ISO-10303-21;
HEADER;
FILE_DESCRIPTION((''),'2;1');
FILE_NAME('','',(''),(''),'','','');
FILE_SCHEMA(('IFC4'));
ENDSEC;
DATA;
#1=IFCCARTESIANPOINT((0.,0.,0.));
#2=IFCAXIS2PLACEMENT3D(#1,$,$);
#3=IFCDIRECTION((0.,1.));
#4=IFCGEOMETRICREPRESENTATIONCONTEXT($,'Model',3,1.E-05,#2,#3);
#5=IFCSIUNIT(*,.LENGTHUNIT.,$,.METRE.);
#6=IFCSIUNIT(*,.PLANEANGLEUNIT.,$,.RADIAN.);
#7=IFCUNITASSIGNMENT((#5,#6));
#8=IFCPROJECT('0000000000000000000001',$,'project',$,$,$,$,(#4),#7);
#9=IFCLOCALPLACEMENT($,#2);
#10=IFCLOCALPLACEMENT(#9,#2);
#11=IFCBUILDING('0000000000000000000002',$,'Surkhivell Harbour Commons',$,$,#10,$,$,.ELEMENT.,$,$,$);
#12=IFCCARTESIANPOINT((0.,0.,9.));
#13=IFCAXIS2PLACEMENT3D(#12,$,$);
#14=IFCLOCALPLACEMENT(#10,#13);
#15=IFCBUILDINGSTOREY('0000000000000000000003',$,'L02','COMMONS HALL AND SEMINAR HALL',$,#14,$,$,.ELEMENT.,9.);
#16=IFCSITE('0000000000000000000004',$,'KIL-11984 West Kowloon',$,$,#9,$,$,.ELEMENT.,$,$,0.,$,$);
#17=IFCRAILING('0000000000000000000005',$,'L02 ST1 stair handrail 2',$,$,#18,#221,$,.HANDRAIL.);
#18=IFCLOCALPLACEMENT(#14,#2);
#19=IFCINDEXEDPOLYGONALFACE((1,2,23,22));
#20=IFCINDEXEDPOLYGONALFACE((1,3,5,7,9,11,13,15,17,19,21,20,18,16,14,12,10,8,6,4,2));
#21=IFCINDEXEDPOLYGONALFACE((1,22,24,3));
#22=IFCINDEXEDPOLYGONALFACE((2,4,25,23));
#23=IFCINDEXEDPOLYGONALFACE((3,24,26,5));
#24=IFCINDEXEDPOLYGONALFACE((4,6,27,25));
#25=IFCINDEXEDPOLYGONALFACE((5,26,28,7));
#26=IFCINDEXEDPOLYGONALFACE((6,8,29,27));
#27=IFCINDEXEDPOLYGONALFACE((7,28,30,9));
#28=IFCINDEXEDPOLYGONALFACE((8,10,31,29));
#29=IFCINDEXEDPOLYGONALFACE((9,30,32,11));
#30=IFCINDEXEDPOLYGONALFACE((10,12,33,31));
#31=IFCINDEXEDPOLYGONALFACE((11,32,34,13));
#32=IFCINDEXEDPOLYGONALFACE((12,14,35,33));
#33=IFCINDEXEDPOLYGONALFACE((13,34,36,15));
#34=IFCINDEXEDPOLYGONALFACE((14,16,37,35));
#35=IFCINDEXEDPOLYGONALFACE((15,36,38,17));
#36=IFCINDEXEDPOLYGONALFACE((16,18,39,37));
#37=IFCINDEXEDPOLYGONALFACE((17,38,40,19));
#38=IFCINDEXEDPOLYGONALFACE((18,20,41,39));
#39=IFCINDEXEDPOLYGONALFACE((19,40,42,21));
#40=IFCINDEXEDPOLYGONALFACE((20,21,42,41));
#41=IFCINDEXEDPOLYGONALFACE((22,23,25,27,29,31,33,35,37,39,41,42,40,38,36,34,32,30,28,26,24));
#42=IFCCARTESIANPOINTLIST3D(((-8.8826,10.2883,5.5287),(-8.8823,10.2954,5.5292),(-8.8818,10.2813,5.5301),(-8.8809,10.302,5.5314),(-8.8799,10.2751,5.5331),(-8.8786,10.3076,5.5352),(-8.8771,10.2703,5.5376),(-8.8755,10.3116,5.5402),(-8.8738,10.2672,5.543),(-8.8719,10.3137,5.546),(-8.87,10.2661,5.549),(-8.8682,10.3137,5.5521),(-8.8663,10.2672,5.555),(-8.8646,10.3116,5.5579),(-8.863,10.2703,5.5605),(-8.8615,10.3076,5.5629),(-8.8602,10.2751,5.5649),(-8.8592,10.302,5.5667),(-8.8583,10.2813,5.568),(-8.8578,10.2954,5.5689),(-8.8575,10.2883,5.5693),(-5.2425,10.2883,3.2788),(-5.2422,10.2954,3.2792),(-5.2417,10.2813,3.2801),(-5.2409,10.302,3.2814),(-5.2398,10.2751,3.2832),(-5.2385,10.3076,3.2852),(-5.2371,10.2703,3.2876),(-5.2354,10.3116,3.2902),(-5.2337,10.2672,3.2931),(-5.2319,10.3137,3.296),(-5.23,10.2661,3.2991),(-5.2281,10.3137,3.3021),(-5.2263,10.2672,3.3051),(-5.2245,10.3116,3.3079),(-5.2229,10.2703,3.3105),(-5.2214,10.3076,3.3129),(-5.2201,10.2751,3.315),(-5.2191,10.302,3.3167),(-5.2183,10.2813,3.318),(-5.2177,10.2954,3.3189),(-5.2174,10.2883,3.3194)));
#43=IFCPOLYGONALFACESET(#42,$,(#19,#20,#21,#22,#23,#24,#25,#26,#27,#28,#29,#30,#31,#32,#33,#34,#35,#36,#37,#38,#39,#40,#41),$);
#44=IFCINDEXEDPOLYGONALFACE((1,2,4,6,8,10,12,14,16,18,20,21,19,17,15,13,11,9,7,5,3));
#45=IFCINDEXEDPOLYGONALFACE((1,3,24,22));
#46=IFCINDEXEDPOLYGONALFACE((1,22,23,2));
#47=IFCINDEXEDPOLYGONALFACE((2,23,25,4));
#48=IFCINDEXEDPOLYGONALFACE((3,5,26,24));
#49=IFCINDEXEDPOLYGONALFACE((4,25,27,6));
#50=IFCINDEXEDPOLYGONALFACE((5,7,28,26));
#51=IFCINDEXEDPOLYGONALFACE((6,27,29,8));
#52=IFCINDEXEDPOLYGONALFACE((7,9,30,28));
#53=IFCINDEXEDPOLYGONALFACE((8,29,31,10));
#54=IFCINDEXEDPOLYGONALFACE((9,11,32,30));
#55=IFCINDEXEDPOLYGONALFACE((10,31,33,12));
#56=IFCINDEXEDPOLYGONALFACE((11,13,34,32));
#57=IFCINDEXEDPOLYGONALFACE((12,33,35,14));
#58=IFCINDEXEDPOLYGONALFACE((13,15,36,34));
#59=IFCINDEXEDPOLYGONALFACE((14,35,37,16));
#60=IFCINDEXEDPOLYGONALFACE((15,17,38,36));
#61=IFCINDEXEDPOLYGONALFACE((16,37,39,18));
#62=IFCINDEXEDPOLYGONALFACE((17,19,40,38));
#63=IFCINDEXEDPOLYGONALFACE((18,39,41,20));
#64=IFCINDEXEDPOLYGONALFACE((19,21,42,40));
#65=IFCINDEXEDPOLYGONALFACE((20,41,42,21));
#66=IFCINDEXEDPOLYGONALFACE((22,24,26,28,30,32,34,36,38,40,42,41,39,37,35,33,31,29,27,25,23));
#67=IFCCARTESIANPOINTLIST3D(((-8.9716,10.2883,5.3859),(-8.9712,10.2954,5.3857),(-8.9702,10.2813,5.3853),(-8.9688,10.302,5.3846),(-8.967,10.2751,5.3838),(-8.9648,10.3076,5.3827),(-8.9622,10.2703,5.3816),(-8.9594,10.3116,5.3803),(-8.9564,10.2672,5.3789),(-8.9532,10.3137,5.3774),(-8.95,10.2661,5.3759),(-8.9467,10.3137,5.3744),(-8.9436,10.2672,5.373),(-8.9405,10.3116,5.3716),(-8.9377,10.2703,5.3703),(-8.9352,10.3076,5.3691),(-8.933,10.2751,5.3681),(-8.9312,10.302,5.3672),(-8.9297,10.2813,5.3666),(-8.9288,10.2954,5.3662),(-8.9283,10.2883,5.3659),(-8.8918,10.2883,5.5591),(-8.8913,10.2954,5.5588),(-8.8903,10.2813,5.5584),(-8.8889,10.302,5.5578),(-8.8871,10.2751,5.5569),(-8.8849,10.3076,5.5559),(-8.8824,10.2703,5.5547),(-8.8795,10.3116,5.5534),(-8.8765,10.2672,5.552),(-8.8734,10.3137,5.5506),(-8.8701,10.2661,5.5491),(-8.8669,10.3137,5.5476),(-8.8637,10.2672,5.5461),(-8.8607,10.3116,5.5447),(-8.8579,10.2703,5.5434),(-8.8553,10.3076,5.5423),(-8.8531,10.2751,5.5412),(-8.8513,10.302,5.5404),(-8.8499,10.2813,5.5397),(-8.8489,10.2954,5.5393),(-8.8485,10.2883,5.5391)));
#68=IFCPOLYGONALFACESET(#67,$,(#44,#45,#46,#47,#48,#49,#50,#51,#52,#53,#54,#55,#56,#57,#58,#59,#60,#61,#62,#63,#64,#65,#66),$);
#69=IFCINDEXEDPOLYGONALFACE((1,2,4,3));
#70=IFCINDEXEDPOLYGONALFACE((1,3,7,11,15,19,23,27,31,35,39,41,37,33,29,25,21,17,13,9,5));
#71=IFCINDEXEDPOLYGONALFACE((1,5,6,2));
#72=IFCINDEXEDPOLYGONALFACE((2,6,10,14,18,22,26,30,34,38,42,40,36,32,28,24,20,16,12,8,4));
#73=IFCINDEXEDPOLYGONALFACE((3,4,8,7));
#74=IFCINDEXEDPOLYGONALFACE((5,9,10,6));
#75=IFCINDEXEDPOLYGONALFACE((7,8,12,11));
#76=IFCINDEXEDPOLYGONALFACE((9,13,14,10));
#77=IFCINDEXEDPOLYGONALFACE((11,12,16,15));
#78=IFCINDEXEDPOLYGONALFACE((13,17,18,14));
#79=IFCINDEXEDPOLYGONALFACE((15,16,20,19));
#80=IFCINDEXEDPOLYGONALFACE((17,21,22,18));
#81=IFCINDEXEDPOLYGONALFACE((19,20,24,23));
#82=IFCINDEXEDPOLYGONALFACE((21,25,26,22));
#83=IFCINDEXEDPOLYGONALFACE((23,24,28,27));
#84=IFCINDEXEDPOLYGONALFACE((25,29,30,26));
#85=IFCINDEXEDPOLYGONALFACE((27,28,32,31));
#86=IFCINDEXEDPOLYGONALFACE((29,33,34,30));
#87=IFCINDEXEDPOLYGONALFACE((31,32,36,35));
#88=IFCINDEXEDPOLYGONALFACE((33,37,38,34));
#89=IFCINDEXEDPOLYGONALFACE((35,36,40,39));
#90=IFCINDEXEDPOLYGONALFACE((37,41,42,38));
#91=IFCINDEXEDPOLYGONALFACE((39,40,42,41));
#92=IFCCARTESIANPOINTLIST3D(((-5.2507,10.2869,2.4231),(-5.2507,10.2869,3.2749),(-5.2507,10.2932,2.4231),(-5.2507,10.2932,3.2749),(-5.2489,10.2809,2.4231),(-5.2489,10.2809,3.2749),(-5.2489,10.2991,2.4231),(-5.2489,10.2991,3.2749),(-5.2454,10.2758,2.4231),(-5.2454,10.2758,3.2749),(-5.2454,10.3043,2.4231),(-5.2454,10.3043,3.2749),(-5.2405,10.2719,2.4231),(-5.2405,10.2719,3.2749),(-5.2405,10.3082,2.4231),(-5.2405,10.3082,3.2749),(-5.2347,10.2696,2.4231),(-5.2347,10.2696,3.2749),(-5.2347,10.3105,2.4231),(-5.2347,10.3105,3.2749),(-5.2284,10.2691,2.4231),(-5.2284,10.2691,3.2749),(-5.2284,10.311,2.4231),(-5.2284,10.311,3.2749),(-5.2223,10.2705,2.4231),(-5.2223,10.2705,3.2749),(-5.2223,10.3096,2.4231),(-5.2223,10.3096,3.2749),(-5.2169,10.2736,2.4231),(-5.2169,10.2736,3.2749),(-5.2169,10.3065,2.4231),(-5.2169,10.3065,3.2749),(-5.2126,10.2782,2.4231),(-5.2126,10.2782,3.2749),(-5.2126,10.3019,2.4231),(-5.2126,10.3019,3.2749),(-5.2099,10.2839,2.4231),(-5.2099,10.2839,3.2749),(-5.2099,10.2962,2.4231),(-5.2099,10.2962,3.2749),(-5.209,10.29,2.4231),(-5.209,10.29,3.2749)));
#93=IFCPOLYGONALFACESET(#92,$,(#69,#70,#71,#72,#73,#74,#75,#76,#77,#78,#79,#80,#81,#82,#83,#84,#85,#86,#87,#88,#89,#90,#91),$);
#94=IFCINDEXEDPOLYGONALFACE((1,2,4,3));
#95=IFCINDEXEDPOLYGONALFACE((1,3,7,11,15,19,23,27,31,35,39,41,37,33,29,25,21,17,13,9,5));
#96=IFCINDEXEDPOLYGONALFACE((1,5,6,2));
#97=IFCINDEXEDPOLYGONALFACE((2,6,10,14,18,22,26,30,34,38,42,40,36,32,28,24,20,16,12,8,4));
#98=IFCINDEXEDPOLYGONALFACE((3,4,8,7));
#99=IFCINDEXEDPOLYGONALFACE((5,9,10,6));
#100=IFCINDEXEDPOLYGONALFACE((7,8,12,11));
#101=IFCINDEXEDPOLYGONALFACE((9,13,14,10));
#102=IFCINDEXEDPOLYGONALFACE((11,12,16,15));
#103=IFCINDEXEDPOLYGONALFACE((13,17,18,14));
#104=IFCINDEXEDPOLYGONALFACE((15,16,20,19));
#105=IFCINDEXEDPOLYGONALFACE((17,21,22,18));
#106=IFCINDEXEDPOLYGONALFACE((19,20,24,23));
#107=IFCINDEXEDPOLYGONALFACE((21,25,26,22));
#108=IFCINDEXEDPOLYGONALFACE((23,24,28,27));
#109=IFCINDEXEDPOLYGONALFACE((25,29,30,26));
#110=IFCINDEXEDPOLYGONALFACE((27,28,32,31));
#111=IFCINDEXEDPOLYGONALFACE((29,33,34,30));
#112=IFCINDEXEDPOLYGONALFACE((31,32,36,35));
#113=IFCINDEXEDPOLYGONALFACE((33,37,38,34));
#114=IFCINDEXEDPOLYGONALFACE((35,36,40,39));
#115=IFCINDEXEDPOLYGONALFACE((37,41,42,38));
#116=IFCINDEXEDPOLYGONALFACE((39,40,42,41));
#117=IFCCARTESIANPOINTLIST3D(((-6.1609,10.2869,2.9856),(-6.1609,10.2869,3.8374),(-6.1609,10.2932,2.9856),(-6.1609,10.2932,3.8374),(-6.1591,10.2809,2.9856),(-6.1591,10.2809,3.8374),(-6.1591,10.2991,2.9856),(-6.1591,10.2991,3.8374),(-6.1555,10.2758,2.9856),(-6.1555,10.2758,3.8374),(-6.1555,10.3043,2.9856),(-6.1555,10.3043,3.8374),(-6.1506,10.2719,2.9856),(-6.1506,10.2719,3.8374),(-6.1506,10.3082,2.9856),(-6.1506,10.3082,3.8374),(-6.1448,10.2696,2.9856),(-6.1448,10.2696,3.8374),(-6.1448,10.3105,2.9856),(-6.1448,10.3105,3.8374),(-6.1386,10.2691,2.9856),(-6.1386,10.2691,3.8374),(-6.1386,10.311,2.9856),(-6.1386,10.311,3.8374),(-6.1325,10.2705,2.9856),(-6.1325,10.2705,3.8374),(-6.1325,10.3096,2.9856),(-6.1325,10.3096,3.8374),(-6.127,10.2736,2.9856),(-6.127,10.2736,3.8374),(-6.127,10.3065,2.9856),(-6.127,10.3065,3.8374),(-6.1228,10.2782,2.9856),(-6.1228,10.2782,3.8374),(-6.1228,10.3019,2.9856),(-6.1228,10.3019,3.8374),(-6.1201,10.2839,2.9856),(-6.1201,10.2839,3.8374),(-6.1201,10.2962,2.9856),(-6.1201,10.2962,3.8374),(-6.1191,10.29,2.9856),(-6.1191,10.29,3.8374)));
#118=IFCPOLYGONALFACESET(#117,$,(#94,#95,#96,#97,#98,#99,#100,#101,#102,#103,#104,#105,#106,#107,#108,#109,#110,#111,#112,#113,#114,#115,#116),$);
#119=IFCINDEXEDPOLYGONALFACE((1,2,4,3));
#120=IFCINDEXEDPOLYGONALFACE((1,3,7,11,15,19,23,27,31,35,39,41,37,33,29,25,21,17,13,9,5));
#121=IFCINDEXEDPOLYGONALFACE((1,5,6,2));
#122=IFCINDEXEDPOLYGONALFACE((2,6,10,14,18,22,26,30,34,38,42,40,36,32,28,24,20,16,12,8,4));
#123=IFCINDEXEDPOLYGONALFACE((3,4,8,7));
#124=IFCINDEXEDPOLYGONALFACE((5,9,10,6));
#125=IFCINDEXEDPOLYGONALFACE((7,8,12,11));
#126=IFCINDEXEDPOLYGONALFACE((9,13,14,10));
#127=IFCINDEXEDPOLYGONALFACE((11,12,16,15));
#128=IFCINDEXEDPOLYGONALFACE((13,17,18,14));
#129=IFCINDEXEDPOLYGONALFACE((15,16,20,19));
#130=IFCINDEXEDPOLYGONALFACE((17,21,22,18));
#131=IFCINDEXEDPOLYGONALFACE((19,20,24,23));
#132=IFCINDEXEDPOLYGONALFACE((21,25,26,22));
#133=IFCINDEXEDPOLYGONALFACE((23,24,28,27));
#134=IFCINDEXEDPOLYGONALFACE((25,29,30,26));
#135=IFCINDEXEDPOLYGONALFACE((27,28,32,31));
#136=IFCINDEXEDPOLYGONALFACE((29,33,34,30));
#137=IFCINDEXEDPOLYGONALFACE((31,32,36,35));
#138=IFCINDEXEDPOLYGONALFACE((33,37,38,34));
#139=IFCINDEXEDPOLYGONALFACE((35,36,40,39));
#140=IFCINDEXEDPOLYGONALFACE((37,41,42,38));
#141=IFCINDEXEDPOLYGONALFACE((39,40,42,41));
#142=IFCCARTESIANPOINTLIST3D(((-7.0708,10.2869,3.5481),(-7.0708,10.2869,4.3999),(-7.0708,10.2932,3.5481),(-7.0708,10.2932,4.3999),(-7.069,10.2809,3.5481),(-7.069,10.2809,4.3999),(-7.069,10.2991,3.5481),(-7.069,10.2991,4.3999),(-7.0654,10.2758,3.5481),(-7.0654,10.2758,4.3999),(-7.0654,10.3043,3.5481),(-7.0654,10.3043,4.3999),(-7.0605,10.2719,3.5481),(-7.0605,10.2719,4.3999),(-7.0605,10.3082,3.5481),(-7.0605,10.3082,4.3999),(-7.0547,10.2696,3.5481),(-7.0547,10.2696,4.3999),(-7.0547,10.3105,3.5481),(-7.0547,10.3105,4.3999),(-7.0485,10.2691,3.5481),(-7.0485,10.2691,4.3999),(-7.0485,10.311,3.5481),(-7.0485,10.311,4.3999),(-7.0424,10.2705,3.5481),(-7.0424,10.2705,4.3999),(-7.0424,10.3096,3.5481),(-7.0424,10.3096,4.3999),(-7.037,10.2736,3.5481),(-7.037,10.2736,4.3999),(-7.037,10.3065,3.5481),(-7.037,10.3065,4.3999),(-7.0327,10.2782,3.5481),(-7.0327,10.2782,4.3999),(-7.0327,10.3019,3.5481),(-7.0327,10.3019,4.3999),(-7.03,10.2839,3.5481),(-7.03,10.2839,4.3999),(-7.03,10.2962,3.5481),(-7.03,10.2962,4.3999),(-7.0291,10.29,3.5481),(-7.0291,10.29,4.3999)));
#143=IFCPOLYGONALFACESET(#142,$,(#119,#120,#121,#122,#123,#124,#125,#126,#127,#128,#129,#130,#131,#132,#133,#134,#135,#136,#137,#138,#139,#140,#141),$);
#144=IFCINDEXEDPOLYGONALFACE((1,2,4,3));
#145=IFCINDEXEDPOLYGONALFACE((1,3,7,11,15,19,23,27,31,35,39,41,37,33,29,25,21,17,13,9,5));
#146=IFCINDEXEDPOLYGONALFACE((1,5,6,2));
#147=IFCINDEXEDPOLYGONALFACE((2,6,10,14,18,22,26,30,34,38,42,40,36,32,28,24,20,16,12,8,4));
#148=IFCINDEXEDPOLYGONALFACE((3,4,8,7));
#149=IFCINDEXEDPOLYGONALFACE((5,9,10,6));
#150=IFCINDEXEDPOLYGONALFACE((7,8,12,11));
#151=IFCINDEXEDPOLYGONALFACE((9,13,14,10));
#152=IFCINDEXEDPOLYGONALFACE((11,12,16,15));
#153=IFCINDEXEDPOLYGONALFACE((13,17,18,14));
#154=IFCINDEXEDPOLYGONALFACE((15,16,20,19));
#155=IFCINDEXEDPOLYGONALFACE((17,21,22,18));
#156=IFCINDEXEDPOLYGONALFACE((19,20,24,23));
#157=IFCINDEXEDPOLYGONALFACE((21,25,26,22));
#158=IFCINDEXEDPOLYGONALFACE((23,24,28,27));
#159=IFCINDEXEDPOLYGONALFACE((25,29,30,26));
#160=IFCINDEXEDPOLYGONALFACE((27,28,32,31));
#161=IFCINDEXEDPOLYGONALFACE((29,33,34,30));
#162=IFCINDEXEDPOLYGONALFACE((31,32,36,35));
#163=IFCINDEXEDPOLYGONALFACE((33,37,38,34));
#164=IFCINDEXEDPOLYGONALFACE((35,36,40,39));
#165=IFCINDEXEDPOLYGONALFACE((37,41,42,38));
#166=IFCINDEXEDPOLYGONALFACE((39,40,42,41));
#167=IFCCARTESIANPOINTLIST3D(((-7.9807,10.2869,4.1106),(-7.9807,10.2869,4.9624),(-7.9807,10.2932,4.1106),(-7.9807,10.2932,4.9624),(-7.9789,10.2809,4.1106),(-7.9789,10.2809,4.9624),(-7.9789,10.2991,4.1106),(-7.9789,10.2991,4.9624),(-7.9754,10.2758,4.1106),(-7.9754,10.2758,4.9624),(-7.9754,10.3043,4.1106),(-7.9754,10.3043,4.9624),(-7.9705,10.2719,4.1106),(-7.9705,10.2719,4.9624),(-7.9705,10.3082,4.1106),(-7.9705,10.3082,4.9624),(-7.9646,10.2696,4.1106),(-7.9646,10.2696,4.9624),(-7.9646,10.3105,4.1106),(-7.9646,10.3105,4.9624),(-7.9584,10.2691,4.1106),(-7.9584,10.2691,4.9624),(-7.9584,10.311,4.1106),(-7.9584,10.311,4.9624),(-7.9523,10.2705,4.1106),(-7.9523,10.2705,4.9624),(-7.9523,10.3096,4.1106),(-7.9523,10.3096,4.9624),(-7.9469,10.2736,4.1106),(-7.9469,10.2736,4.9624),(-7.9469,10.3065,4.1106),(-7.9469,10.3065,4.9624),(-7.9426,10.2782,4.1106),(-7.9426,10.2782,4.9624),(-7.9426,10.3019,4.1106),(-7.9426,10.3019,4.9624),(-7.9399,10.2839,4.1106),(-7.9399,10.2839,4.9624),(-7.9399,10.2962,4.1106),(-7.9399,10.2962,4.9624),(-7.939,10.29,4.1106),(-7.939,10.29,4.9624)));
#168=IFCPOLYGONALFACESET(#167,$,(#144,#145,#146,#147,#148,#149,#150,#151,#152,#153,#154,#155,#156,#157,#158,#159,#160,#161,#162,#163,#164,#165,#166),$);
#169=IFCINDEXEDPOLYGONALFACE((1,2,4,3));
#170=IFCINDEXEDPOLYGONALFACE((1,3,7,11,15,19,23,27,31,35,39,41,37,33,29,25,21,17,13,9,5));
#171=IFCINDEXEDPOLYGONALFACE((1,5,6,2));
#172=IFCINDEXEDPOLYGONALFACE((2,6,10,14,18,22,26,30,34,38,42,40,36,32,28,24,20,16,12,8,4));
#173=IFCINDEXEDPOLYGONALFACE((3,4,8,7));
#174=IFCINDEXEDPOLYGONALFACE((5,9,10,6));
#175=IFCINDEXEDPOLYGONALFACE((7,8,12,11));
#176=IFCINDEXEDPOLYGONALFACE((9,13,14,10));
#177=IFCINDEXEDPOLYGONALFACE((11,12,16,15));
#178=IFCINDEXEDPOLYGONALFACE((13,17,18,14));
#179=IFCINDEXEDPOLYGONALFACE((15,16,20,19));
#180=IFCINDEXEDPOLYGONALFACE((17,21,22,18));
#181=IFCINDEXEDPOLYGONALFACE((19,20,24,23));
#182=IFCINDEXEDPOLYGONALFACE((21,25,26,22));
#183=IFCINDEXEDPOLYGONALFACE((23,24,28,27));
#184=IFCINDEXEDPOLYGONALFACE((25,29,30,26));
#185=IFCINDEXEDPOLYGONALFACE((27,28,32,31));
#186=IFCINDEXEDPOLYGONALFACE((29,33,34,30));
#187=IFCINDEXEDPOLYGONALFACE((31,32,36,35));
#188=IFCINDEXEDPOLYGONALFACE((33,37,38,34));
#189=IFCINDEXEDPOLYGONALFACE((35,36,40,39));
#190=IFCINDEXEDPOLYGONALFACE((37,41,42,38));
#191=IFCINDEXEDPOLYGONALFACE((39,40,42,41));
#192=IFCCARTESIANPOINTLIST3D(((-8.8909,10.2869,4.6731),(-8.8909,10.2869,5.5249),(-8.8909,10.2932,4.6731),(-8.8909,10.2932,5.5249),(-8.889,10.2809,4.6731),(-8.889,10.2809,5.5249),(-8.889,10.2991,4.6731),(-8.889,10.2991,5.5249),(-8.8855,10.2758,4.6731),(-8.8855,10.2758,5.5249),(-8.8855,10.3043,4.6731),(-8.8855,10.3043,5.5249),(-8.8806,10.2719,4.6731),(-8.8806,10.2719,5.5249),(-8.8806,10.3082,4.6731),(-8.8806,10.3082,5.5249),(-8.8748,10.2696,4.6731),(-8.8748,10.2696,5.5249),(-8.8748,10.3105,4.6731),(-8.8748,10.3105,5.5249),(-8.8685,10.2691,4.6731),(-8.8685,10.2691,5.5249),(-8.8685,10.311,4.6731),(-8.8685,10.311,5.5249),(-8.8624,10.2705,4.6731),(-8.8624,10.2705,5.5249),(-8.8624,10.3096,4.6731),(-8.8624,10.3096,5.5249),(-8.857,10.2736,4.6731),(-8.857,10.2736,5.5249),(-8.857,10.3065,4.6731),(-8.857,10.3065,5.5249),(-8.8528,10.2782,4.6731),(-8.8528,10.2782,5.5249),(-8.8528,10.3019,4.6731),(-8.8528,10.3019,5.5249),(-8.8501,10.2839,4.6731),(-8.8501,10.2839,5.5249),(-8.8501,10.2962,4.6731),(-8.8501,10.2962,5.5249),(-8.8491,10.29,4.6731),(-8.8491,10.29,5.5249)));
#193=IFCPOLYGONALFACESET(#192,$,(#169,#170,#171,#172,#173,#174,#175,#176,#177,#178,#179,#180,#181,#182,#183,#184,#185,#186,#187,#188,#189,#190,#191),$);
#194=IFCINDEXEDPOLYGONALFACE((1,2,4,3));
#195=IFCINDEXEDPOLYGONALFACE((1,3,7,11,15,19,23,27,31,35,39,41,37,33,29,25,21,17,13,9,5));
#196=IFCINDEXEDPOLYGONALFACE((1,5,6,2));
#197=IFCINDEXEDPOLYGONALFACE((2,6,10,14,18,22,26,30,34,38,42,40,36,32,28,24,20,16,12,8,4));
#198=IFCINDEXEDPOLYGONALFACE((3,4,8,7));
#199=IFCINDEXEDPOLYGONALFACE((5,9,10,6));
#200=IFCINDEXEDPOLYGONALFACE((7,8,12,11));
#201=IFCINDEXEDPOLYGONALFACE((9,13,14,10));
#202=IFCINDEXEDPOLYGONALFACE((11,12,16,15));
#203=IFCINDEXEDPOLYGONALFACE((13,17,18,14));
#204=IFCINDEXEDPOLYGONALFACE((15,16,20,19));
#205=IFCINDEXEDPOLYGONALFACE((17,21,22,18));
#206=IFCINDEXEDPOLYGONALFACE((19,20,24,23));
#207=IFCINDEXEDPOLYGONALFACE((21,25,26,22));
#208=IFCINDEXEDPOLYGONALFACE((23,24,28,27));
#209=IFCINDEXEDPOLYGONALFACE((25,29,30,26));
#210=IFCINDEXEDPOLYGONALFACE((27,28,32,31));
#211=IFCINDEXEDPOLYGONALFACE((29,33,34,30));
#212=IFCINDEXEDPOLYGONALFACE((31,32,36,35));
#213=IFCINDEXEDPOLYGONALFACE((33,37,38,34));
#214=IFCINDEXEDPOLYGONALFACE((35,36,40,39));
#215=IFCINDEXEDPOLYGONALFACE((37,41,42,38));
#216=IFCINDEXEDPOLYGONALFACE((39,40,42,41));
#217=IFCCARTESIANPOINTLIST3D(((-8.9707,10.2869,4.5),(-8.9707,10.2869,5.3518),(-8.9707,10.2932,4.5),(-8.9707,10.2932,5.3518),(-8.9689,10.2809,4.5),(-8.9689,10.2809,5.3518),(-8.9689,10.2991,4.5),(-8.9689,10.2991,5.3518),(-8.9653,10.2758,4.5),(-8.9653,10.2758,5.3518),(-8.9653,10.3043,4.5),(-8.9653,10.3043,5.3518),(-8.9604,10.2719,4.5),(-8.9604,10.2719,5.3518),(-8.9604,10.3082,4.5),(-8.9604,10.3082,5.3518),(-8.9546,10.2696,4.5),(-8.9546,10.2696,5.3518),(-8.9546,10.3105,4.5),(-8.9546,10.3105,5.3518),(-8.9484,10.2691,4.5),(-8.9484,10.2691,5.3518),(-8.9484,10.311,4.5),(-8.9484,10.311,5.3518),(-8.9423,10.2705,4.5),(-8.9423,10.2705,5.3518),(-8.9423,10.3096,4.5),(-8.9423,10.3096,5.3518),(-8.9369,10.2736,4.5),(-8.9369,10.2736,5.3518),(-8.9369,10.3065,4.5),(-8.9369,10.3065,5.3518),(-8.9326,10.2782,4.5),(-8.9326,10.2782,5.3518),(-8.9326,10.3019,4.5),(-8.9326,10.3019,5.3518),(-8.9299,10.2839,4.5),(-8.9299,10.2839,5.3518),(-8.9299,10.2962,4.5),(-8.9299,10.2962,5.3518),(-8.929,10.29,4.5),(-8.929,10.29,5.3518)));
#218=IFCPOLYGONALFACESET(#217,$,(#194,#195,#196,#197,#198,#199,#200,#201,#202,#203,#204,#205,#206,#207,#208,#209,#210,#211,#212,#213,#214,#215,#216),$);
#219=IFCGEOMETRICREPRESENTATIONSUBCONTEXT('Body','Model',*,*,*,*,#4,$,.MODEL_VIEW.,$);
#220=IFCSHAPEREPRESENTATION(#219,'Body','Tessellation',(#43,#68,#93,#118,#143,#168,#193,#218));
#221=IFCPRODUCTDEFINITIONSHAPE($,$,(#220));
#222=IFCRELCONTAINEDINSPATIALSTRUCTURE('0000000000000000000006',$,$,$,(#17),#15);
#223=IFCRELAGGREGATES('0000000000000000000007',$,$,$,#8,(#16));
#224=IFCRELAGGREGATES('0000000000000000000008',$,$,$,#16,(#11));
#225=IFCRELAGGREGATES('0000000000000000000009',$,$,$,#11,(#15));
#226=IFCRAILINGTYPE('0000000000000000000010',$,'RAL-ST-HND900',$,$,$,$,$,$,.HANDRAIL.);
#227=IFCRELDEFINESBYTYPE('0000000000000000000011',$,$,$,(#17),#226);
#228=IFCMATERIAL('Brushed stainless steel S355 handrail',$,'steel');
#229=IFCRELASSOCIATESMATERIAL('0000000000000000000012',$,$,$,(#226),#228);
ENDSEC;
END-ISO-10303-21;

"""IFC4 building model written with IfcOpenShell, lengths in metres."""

from ifc_helpers import new_model, si_unit, direction, frame, origin, origin_2d, place, context, subcontext, project, spatial, circle, extrude, material, type_object, element, save


model = new_model("IFC4")

# Units and contexts
model_context = context("Model", 3, precision=1e-05, world=origin(), true_north=direction((0.0, 1.0)))
body_context = subcontext(model_context, "Body", "Model", "MODEL_VIEW")
ifc_project = project(units=[si_unit("LENGTHUNIT", "METRE"), si_unit("PLANEANGLEUNIT", "RADIAN")], contexts=[model_context])

# Site, building, storey
site_placement = place(None, origin())
site = spatial("IfcSite", under=ifc_project, at=site_placement, Name="KIL-11984 West Kowloon", CompositionType="ELEMENT", RefElevation=0.0)
building_placement = place(site_placement, origin())
building = spatial("IfcBuilding", under=site, at=building_placement, Name="Surkhivell Harbour Commons", CompositionType="ELEMENT")
storey_placement = place(building_placement, frame((0.0, 0.0, 9.0)))
storey = spatial("IfcBuildingStorey", under=building, at=storey_placement, Name="L02", Description="COMMONS HALL AND SEMINAR HALL", CompositionType="ELEMENT", Elevation=9.0)

# Railing
ifc_material_1 = material(Name="Brushed stainless steel S355 handrail", Category="steel")
railing_type_1 = type_object("IfcRailingType", Name="RAL-ST-HND900", PredefinedType="HANDRAIL", material=ifc_material_1)
railing_1_placement = place(storey_placement, frame((-5.23, 10.29, 2.4231)))
element("IfcRailing", 1, at=railing_1_placement, inside=storey, type_object=railing_type_1, Name="L02 ST1 stair handrail 2", PredefinedType="HANDRAIL", context=body_context, shape_type="SweptSolid", body=[
    extrude(circle(Radius=0.0239, at=origin_2d()), frame((0.0, 0.0, 0.876), z_axis=(-0.850622, 0.0, 0.525777), x_axis=(0.0, -1.0, 0.0)), (0.0, 0.0, 1.0), 4.2793),
    extrude(circle(Radius=0.0239, at=origin_2d()), frame((-3.6401, 0.0, 3.126), z_axis=(-0.418815, 0.0, -0.908072), x_axis=(0.0, -1.0, 0.0)), (0.0, 0.0, 1.0), 0.1907),
    extrude(circle(Radius=0.021, at=origin_2d()), origin(), (0.0, 0.0, 1.0), 0.8518),
    extrude(circle(Radius=0.021, at=origin_2d()), frame((-0.9102, 0.0, 0.5625)), (0.0, 0.0, 1.0), 0.8518),
    extrude(circle(Radius=0.021, at=origin_2d()), frame((-1.8201, 0.0, 1.125)), (0.0, 0.0, 1.0), 0.8518),
    extrude(circle(Radius=0.021, at=origin_2d()), frame((-2.73, 0.0, 1.6875)), (0.0, 0.0, 1.0), 0.8518),
    extrude(circle(Radius=0.021, at=origin_2d()), frame((-3.6401, 0.0, 2.25)), (0.0, 0.0, 1.0), 0.8518),
    extrude(circle(Radius=0.021, at=origin_2d()), frame((-3.72, 0.0, 2.0769)), (0.0, 0.0, 1.0), 0.8518),
])

save(model, "model.ifc")
